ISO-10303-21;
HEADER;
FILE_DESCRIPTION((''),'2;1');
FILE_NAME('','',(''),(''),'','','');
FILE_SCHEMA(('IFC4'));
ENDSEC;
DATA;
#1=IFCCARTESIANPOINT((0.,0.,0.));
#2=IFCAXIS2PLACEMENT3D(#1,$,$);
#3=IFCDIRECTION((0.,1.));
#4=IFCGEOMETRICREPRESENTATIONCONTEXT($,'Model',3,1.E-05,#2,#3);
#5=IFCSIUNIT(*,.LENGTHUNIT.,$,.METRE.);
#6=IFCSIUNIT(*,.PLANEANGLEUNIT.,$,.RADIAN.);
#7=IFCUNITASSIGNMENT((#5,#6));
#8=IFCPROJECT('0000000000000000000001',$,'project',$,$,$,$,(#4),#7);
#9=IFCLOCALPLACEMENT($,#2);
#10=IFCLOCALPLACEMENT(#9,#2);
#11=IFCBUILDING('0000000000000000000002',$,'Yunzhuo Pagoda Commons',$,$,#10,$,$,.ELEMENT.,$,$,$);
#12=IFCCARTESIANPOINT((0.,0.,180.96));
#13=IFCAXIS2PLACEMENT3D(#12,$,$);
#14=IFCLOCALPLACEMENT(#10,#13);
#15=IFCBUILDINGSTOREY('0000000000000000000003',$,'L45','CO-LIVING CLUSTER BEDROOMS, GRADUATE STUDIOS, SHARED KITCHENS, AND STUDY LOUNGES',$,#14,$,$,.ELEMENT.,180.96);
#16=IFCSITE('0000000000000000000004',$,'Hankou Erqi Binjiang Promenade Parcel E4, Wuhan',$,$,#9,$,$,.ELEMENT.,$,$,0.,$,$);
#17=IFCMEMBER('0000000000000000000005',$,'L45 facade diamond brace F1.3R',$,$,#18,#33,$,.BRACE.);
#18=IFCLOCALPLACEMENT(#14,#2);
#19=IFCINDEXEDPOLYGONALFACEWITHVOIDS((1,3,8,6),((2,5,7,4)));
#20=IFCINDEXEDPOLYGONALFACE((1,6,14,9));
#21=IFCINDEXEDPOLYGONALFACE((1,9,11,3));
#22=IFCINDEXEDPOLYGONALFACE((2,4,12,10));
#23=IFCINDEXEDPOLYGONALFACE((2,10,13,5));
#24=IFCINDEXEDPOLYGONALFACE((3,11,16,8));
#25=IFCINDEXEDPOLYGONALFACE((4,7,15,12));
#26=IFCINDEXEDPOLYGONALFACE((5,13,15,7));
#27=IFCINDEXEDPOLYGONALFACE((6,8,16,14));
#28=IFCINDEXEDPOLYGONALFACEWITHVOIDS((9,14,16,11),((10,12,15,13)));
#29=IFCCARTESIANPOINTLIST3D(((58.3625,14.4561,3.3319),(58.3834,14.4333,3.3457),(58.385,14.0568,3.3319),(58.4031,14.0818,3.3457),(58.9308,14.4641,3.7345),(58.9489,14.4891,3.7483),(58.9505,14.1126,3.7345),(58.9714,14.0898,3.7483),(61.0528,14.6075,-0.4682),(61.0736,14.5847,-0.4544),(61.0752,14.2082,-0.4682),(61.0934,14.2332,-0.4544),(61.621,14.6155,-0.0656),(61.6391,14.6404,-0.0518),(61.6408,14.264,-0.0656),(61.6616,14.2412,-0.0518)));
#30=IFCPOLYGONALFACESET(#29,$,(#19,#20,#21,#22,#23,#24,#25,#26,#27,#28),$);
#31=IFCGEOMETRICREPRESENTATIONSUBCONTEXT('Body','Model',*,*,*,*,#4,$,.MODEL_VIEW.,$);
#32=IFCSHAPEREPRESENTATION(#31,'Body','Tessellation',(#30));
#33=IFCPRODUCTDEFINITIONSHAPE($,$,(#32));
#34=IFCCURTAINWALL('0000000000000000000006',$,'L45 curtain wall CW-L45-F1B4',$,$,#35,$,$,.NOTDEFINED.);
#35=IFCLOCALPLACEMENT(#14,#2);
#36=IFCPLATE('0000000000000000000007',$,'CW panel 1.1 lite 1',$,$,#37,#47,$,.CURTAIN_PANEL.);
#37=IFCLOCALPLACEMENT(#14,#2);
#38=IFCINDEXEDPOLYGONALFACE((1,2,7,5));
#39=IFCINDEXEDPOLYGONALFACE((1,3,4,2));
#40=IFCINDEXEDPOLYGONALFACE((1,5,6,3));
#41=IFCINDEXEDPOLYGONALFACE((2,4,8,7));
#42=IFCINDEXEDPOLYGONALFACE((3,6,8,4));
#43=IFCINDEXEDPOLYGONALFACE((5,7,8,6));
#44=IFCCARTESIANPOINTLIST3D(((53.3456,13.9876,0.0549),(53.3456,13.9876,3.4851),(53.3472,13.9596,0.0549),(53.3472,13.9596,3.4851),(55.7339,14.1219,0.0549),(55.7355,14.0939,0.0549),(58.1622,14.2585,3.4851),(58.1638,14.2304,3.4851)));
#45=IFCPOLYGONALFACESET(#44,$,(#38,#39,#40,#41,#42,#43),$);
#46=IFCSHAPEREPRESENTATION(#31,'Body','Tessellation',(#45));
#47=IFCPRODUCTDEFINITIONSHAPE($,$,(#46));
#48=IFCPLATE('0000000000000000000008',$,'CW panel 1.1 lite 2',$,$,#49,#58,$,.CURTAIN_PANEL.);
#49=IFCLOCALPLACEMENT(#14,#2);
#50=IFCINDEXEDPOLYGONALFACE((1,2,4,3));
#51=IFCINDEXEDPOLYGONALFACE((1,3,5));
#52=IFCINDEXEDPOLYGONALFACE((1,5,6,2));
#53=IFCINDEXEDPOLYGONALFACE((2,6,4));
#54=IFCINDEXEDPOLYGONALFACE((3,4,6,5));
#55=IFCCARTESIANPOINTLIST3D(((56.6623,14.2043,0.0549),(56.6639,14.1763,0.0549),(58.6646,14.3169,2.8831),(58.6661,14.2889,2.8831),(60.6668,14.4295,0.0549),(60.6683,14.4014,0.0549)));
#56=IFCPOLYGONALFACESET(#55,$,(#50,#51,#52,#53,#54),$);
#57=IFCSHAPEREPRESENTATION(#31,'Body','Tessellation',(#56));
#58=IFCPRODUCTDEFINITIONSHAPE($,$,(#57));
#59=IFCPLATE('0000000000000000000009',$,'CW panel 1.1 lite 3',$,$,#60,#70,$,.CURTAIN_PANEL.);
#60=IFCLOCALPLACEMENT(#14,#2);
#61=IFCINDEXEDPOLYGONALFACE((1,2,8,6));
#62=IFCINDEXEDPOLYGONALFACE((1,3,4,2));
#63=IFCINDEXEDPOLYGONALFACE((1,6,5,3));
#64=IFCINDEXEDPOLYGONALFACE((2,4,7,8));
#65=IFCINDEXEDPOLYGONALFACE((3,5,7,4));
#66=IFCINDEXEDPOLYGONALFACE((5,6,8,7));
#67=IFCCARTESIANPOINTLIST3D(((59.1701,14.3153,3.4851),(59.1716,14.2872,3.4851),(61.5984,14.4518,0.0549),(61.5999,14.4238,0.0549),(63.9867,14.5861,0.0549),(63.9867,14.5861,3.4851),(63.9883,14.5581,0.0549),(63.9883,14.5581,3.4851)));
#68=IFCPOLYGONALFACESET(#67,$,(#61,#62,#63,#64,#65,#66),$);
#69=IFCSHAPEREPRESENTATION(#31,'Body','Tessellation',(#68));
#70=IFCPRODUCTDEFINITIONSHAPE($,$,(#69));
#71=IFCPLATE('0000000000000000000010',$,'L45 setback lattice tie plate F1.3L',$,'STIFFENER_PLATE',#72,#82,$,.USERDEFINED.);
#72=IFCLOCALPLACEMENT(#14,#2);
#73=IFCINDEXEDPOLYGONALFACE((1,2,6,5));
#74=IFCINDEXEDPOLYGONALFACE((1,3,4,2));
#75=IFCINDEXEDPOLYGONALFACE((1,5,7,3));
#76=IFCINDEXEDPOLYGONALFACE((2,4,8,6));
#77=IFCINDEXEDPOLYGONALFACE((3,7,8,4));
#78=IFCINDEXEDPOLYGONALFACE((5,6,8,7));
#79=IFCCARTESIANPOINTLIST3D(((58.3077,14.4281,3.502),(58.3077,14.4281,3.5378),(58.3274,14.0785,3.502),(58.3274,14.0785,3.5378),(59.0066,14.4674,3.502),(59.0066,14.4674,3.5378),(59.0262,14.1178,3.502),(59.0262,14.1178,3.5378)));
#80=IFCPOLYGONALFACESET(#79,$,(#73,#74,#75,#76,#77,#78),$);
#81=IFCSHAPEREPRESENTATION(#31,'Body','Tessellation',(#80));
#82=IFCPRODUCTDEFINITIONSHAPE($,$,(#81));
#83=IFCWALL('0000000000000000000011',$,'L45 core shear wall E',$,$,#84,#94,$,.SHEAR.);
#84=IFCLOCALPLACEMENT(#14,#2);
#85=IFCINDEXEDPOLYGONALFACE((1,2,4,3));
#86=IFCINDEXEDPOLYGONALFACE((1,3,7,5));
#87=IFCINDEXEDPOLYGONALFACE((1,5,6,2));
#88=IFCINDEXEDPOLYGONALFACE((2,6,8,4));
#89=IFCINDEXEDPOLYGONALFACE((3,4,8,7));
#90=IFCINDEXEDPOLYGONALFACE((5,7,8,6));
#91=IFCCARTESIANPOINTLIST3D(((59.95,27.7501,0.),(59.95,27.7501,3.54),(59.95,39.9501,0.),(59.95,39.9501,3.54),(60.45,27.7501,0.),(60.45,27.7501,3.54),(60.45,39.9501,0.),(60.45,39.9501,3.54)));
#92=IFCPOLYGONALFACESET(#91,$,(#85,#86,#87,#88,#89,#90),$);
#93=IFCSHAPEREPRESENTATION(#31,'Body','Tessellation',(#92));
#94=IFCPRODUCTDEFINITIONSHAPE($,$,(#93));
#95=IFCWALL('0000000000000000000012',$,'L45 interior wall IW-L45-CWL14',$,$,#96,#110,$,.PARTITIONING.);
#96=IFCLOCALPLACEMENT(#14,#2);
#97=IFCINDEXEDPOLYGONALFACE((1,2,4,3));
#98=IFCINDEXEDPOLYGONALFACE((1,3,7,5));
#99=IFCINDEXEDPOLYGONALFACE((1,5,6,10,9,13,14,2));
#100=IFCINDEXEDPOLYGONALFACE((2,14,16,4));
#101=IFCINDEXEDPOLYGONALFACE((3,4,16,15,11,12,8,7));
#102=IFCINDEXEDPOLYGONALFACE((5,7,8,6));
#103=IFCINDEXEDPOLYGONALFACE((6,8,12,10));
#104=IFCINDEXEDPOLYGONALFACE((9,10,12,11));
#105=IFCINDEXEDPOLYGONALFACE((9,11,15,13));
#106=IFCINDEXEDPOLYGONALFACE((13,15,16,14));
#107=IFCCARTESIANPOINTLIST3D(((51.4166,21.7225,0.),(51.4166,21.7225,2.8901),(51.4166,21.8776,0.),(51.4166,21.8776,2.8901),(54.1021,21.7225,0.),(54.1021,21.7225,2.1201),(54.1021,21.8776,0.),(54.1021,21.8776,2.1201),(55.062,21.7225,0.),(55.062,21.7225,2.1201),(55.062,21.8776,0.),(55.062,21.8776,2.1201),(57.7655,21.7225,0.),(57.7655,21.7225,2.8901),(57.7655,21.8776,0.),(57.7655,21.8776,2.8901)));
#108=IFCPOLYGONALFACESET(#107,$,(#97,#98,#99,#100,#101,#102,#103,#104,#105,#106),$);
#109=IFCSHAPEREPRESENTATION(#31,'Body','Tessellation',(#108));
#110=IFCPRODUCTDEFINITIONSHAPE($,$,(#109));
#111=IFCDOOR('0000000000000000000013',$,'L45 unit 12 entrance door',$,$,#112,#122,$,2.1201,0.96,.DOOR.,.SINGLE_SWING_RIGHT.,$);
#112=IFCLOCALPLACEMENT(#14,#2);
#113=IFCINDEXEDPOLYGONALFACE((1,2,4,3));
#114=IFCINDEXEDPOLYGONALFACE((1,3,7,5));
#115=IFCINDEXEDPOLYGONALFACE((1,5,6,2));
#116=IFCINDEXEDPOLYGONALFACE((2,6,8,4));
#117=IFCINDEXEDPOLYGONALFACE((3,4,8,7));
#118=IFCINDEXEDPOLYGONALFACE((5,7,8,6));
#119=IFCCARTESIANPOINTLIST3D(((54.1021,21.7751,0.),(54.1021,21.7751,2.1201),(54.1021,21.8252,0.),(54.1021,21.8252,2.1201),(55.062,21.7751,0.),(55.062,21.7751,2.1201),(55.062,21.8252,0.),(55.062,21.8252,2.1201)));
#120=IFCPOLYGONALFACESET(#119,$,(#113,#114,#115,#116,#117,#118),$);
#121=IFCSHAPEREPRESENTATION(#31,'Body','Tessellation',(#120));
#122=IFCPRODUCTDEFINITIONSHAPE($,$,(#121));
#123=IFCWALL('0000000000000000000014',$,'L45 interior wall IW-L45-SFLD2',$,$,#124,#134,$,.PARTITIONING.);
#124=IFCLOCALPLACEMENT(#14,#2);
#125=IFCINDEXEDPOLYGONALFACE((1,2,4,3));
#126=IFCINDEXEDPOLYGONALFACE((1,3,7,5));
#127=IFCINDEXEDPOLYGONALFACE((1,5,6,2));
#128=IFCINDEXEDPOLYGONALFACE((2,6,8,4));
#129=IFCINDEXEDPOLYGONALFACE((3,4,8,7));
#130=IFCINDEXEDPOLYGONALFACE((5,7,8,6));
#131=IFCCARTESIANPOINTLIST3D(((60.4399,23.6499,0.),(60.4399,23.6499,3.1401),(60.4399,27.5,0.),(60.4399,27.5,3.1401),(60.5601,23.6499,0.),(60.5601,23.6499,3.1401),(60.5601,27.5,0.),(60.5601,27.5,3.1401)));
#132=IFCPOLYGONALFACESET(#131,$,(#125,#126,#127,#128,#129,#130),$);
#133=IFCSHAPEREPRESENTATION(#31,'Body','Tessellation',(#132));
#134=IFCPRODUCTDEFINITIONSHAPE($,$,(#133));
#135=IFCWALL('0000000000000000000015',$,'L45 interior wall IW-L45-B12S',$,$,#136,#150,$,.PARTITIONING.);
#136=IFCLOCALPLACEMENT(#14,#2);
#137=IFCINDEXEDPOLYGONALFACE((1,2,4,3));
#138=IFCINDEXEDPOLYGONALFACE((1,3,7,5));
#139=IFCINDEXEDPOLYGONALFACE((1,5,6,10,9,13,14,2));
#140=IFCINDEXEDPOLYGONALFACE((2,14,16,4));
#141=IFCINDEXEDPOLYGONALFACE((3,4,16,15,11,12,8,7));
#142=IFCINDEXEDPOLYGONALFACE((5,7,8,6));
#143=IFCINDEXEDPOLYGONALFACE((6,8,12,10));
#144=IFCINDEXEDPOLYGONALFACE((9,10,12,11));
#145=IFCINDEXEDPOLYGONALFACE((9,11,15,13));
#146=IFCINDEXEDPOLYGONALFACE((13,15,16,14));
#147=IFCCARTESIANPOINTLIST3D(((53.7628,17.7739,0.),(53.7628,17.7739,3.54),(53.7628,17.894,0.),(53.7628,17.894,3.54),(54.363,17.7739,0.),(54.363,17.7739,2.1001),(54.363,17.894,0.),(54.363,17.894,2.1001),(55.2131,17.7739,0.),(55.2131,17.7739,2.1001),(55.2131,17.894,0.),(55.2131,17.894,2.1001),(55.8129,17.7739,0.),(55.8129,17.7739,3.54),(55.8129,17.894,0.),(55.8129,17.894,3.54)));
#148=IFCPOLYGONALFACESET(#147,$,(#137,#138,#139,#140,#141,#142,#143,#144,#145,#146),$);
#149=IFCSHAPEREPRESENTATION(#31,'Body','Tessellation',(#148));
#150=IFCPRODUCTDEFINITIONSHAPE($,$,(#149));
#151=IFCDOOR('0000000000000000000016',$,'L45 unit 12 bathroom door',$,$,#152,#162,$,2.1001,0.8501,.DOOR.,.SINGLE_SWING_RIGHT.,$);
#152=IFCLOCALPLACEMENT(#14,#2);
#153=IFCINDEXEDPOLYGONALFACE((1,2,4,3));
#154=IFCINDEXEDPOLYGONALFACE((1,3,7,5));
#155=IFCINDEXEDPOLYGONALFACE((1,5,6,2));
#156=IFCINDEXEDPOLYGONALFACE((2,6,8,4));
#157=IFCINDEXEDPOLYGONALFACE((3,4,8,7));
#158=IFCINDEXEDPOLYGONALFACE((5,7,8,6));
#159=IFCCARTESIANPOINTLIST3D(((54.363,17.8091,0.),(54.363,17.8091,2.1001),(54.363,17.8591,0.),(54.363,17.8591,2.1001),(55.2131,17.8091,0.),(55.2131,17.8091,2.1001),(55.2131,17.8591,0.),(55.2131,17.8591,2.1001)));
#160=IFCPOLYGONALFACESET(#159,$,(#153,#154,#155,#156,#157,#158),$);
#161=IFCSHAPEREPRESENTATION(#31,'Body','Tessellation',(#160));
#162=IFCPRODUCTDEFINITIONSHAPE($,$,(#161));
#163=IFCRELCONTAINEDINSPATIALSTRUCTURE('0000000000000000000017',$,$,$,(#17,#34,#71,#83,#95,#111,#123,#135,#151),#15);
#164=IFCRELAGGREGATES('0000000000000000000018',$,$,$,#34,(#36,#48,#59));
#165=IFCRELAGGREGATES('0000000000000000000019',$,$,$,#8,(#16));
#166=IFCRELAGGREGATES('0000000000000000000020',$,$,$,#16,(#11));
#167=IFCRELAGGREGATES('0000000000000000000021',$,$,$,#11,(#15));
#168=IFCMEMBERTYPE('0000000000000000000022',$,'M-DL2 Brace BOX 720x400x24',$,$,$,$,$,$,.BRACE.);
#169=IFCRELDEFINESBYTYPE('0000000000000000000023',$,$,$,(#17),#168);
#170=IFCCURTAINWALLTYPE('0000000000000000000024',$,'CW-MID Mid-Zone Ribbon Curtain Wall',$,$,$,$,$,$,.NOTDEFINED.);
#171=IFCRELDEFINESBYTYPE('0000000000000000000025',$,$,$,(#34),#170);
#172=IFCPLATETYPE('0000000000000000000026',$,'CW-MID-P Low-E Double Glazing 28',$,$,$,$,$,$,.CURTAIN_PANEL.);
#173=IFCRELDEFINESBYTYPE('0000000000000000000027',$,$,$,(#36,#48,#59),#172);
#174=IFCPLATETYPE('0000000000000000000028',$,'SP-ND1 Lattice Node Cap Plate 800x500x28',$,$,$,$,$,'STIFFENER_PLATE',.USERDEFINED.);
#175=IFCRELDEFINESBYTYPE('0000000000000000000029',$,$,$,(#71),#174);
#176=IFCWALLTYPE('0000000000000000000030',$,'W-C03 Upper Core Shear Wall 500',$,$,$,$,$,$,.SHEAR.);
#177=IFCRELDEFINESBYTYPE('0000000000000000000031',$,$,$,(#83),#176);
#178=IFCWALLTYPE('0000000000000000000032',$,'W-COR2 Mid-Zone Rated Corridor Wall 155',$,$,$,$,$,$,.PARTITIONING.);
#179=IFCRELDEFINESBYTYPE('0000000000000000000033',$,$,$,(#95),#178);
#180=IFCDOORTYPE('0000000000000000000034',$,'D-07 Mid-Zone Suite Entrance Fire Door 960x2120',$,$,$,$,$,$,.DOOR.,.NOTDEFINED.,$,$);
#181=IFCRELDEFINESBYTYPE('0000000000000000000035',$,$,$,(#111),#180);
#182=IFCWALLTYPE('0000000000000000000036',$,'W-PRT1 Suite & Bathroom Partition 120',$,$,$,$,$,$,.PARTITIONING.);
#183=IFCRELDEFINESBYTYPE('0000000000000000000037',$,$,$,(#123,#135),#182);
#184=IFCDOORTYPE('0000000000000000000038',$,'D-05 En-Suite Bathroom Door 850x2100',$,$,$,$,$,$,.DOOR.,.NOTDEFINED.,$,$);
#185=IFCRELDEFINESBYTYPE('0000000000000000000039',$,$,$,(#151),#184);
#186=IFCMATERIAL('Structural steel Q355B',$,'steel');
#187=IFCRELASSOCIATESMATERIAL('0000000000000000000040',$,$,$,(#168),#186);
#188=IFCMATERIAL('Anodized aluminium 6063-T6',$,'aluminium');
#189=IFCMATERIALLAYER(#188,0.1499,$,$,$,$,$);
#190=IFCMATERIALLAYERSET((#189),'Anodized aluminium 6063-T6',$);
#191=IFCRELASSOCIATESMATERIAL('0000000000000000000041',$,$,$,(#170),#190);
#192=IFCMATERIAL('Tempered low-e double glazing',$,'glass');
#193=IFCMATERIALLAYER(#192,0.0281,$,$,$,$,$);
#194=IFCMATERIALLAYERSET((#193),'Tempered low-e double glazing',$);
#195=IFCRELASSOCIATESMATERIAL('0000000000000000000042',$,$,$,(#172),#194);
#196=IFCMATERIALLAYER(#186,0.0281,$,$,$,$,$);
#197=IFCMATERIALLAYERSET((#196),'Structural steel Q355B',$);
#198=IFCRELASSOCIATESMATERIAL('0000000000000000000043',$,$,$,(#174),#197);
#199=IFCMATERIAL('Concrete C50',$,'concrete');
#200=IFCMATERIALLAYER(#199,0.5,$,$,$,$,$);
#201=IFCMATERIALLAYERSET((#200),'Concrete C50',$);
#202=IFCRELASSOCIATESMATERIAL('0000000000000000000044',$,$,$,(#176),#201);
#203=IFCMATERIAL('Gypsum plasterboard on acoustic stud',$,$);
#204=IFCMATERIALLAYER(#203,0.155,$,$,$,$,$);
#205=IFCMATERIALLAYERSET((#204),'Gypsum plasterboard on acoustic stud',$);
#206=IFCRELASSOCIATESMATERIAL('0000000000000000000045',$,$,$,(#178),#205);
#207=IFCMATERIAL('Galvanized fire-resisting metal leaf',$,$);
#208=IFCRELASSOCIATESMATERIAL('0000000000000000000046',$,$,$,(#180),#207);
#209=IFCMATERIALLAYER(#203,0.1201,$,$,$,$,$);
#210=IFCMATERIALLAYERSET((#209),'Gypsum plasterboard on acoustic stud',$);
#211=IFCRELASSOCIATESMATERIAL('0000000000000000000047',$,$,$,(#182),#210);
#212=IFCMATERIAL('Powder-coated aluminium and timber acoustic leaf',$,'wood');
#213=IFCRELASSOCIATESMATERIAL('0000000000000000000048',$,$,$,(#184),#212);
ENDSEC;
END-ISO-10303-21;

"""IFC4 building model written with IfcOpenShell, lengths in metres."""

from ifc_helpers import new_model, si_unit, direction, frame, frame_2d, origin, origin_with_axes, origin_2d, place, context, subcontext, project, spatial, polyline, rectangle, hollow_rectangle, outline, extrude, source, transform, mapped, material, layer, layer_set, material_profile, profile_set, type_object, element, fill, aggregate, save


model = new_model("IFC4")

# Units and contexts
model_context = context("Model", 3, precision=1e-05, world=origin(), true_north=direction((0.0, 1.0)))
body_context = subcontext(model_context, "Body", "Model", "MODEL_VIEW")
ifc_project = project(units=[si_unit("LENGTHUNIT", "METRE"), si_unit("PLANEANGLEUNIT", "RADIAN")], contexts=[model_context])

# Site, building, storey
site_placement = place(None, origin())
site = spatial("IfcSite", under=ifc_project, at=site_placement, Name="Hankou Erqi Binjiang Promenade Parcel E4, Wuhan", CompositionType="ELEMENT", RefElevation=0.0)
building_placement = place(site_placement, origin())
building = spatial("IfcBuilding", under=site, at=building_placement, Name="Yunzhuo Pagoda Commons", CompositionType="ELEMENT")
storey_placement = place(building_placement, frame((0.0, 0.0, 180.96)))
storey = spatial("IfcBuildingStorey", under=building, at=storey_placement, Name="L45", Description="CO-LIVING CLUSTER BEDROOMS, GRADUATE STUDIOS, SHARED KITCHENS, AND STUDY LOUNGES", CompositionType="ELEMENT", Elevation=180.96)

# Shared definitions
ifc_material_1 = material(Name="Structural steel Q355B", Category="steel")

# Member
ifc_material_profile_1 = material_profile(ifc_material_1, hollow_rectangle(XDim=0.3999, YDim=0.72, WallThickness=0.0239, at=origin_2d()), Name="Structural steel Q355B")
ifc_profile_set_1 = profile_set([ifc_material_profile_1], Name="Structural steel Q355B")
member_type = type_object("IfcMemberType", Name="M-DL2 Brace BOX 720x400x24", PredefinedType="BRACE", material=ifc_profile_set_1)
shared_shape_1 = source(origin(), body_context, "Body", "SweptSolid", [
    extrude(hollow_rectangle(XDim=0.3999, YDim=0.72, WallThickness=0.0239, at=origin_2d()), origin(), (0.0, 0.0, 1.0), 4.6584),
])
for number, where, z_axis, x_axis, name in (
    (1, (61.3572, 14.4243, -0.26), (-0.577495, -0.032494, 0.815747), (0.056178, -0.998421, 0.0), "L45 facade diamond brace F1.3R"),
):
    element("IfcMember", number, at=place(storey_placement, frame(where, z_axis=z_axis, x_axis=x_axis)), inside=storey, type_object=member_type, Name=name, PredefinedType="BRACE", context=body_context, shape_type="MappedRepresentation", body=[
        mapped(shared_shape_1, transform((0.0, 0.0, 0.0), scale=1.0)),
    ])

# Curtain wall, plates
ifc_material_2 = material(Name="Anodized aluminium 6063-T6", Category="aluminium")
ifc_layer_1 = layer(ifc_material_2, 0.1499)
ifc_layer_set_1 = layer_set([ifc_layer_1], Name="Anodized aluminium 6063-T6")
curtain_wall_type = type_object("IfcCurtainWallType", Name="CW-MID Mid-Zone Ribbon Curtain Wall", PredefinedType="NOTDEFINED", material=ifc_layer_set_1)
curtain_wall_placement = place(storey_placement, origin())
curtain_wall = element("IfcCurtainWall", 2, at=curtain_wall_placement, inside=storey, type_object=curtain_wall_type, Name="L45 curtain wall CW-L45-F1B4", PredefinedType="NOTDEFINED")
ifc_material_3 = material(Name="Tempered low-e double glazing", Category="glass")
ifc_layer_2 = layer(ifc_material_3, 0.0281)
ifc_layer_set_2 = layer_set([ifc_layer_2], Name="Tempered low-e double glazing")
plate_type_1 = type_object("IfcPlateType", Name="CW-MID-P Low-E Double Glazing 28", PredefinedType="CURTAIN_PANEL", material=ifc_layer_set_2)
plate_1_placement = place(storey_placement, frame((55.7539, 14.123, 1.77), z_axis=(0.056143, -0.998423, 0.0), x_axis=(0.998423, 0.056143, 0.0)))
plate_1 = element("IfcPlate", 3, at=plate_1_placement, type_object=plate_type_1, Name="CW panel 1.1 lite 1", PredefinedType="CURTAIN_PANEL", context=body_context, shape_type="SweptSolid", body=[
    extrude(outline(polyline([(-2.4121, -1.7151), (-0.02, -1.7151), (2.4121, 1.7151), (-2.4121, 1.7151), (-2.4121, -1.7151)])), origin(), (0.0, 0.0, 1.0), 0.0281),
])
plate_2_placement = place(storey_placement, frame((58.6646, 14.3169, 1.469), z_axis=(0.056143, -0.998423, 0.0), x_axis=(0.998423, 0.056143, 0.0)))
plate_2 = element("IfcPlate", 4, at=plate_2_placement, type_object=plate_type_1, Name="CW panel 1.1 lite 2", PredefinedType="CURTAIN_PANEL", context=body_context, shape_type="SweptSolid", body=[
    extrude(outline(polyline([(-2.0054, -1.4141), (2.0054, -1.4141), (0.0, 1.4141), (-2.0054, -1.4141)])), origin(), (0.0, 0.0, 1.0), 0.0281),
])
plate_3_placement = place(storey_placement, frame((61.5784, 14.4507, 1.77), z_axis=(0.056143, -0.998423, 0.0), x_axis=(0.998423, 0.056143, 0.0)))
plate_3 = element("IfcPlate", 5, at=plate_3_placement, type_object=plate_type_1, Name="CW panel 1.1 lite 3", PredefinedType="CURTAIN_PANEL", context=body_context, shape_type="SweptSolid", body=[
    extrude(outline(polyline([(-2.4121, 1.7151), (0.02, -1.7151), (2.4121, -1.7151), (2.4121, 1.7151), (-2.4121, 1.7151)])), origin(), (0.0, 0.0, 1.0), 0.0281),
])
aggregate(curtain_wall, [plate_1, plate_2, plate_3])

# Plate
ifc_layer_3 = layer(ifc_material_1, 0.0281)
ifc_layer_set_3 = layer_set([ifc_layer_3], Name="Structural steel Q355B")
plate_type_2 = type_object("IfcPlateType", Name="SP-ND1 Lattice Node Cap Plate 800x500x28", ElementType="STIFFENER_PLATE", PredefinedType="USERDEFINED", material=ifc_layer_set_3)
shared_shape_2 = source(origin(), body_context, "Body", "SweptSolid", [
    extrude(rectangle(XDim=0.7, YDim=0.3501, at=origin_2d()), origin(), (0.0, 0.0, 1.0), 0.0359),
])
plate_4_placement = place(storey_placement, frame((58.667, 14.2729, 3.502), z_axis=(0.0, 0.0, 1.0), x_axis=(0.998423, 0.056135, 0.0)))
element("IfcPlate", 6, at=plate_4_placement, inside=storey, type_object=plate_type_2, Name="L45 setback lattice tie plate F1.3L", ObjectType="STIFFENER_PLATE", PredefinedType="USERDEFINED", context=body_context, shape_type="MappedRepresentation", body=[
    mapped(shared_shape_2, transform((0.0, 0.0, 0.0), scale=1.0)),
])

# Wall
ifc_material_4 = material(Name="Concrete C50", Category="concrete")
ifc_layer_4 = layer(ifc_material_4, 0.5)
ifc_layer_set_4 = layer_set([ifc_layer_4], Name="Concrete C50")
wall_type_1 = type_object("IfcWallType", Name="W-C03 Upper Core Shear Wall 500", PredefinedType="SHEAR", material=ifc_layer_set_4)
wall_1_placement = place(storey_placement, frame((60.2, 27.75, 0.0), z_axis=(0.0, 0.0, 1.0), x_axis=(0.0, 1.0, 0.0)))
element("IfcWall", 7, at=wall_1_placement, inside=storey, type_object=wall_type_1, Name="L45 core shear wall E", PredefinedType="SHEAR", context=body_context, shape_type="SweptSolid", body=[
    extrude(rectangle(XDim=12.2, YDim=0.5, at=frame_2d((6.1001, 0.0))), origin(), (0.0, 0.0, 1.0), 3.54),
])

# Wall, opening, door
ifc_material_5 = material(Name="Gypsum plasterboard on acoustic stud")
ifc_layer_5 = layer(ifc_material_5, 0.155)
ifc_layer_set_5 = layer_set([ifc_layer_5], Name="Gypsum plasterboard on acoustic stud")
wall_type_2 = type_object("IfcWallType", Name="W-COR2 Mid-Zone Rated Corridor Wall 155", PredefinedType="PARTITIONING", material=ifc_layer_set_5)
wall_2_placement = place(storey_placement, frame((57.7654, 21.8, 0.0), z_axis=(0.0, 0.0, 1.0), x_axis=(-1.0, 0.0, 0.0)))
wall_2 = element("IfcWall", 8, at=wall_2_placement, inside=storey, type_object=wall_type_2, Name="L45 interior wall IW-L45-CWL14", PredefinedType="PARTITIONING", context=body_context, shape_type="SweptSolid", body=[
    extrude(rectangle(XDim=6.3489, YDim=0.155, at=frame_2d((3.1743, 0.0))), origin(), (0.0, 0.0, 1.0), 2.8901),
])
opening_1_placement = place(wall_2_placement, frame((2.7034, 0.0, 0.0)))
opening_1 = element("IfcOpeningElement", 9, at=opening_1_placement, cuts=wall_2, PredefinedType="OPENING", context=body_context, shape_type="SweptSolid", body=[
    extrude(rectangle(XDim=0.96, YDim=2.1201, at=frame_2d((0.48, 1.0601))), frame((0.0, 0.0874, 0.0), z_axis=(0.0, -1.0, 0.0), x_axis=(1.0, 0.0, 0.0)), (0.0, 0.0, 1.0), 0.175),
])
ifc_material_6 = material(Name="Galvanized fire-resisting metal leaf")
door_type_1 = type_object("IfcDoorType", Name="D-07 Mid-Zone Suite Entrance Fire Door 960x2120", OperationType="NOTDEFINED", PredefinedType="DOOR", material=ifc_material_6)
shared_shape_3 = source(origin(), body_context, "Body", "SweptSolid", [
    extrude(rectangle(XDim=0.96, YDim=2.1201, at=frame_2d((0.48, 1.0601))), frame((0.0, 0.0249, 0.0), z_axis=(0.0, -1.0, 0.0), x_axis=(1.0, 0.0, 0.0)), (0.0, 0.0, 1.0), 0.05),
])
door_1_placement = place(opening_1_placement, origin_with_axes())
door_1 = element("IfcDoor", 10, at=door_1_placement, inside=storey, type_object=door_type_1, Name="L45 unit 12 entrance door", OperationType="SINGLE_SWING_RIGHT", OverallHeight=2.1201, OverallWidth=0.96, PredefinedType="DOOR", context=body_context, shape_type="MappedRepresentation", body=[
    mapped(shared_shape_3, transform((0.0, 0.0, 0.0), scale=1.0)),
])
fill(opening_1, door_1)

# Wall
ifc_layer_6 = layer(ifc_material_5, 0.1201)
ifc_layer_set_6 = layer_set([ifc_layer_6], Name="Gypsum plasterboard on acoustic stud")
wall_type_3 = type_object("IfcWallType", Name="W-PRT1 Suite & Bathroom Partition 120", PredefinedType="PARTITIONING", material=ifc_layer_set_6)
wall_3_placement = place(storey_placement, frame((60.5, 23.6499, 0.0), z_axis=(0.0, 0.0, 1.0), x_axis=(0.0, 1.0, 0.0)))
element("IfcWall", 11, at=wall_3_placement, inside=storey, type_object=wall_type_3, Name="L45 interior wall IW-L45-SFLD2", PredefinedType="PARTITIONING", context=body_context, shape_type="SweptSolid", body=[
    extrude(rectangle(XDim=3.8501, YDim=0.1201, at=frame_2d((1.925, 0.0))), origin(), (0.0, 0.0, 1.0), 3.1401),
])

# Wall, opening, door
wall_4_placement = place(storey_placement, frame((53.7629, 17.834, 0.0), z_axis=(0.0, 0.0, 1.0), x_axis=(1.0, 0.0, 0.0)))
wall_4 = element("IfcWall", 12, at=wall_4_placement, inside=storey, type_object=wall_type_3, Name="L45 interior wall IW-L45-B12S", PredefinedType="PARTITIONING", context=body_context, shape_type="SweptSolid", body=[
    extrude(rectangle(XDim=2.05, YDim=0.1201, at=frame_2d((1.0249, 0.0))), origin(), (0.0, 0.0, 1.0), 3.54),
])
opening_2_placement = place(wall_4_placement, frame((0.6001, 0.0, 0.0)))
opening_2 = element("IfcOpeningElement", 13, at=opening_2_placement, cuts=wall_4, PredefinedType="OPENING", context=body_context, shape_type="SweptSolid", body=[
    extrude(rectangle(XDim=0.8501, YDim=2.1001, at=frame_2d((0.425, 1.05))), frame((0.0, 0.0701, 0.0), z_axis=(0.0, -1.0, 0.0), x_axis=(1.0, 0.0, 0.0)), (0.0, 0.0, 1.0), 0.1401),
])
ifc_material_7 = material(Name="Powder-coated aluminium and timber acoustic leaf", Category="wood")
door_type_2 = type_object("IfcDoorType", Name="D-05 En-Suite Bathroom Door 850x2100", OperationType="NOTDEFINED", PredefinedType="DOOR", material=ifc_material_7)
shared_shape_4 = source(origin(), body_context, "Body", "SweptSolid", [
    extrude(rectangle(XDim=0.8501, YDim=2.1001, at=frame_2d((0.425, 1.05))), frame((0.0, 0.0249, 0.0), z_axis=(0.0, -1.0, 0.0), x_axis=(1.0, 0.0, 0.0)), (0.0, 0.0, 1.0), 0.05),
])
door_2_placement = place(opening_2_placement, frame((0.8501, 0.0, 0.0), z_axis=(0.0, 0.0, 1.0), x_axis=(-1.0, 0.0, 0.0)))
door_2 = element("IfcDoor", 14, at=door_2_placement, inside=storey, type_object=door_type_2, Name="L45 unit 12 bathroom door", OperationType="SINGLE_SWING_RIGHT", OverallHeight=2.1001, OverallWidth=0.8501, PredefinedType="DOOR", context=body_context, shape_type="MappedRepresentation", body=[
    mapped(shared_shape_4, transform((0.0, 0.0, 0.0), scale=1.0)),
])
fill(opening_2, door_2)

save(model, "model.ifc")
